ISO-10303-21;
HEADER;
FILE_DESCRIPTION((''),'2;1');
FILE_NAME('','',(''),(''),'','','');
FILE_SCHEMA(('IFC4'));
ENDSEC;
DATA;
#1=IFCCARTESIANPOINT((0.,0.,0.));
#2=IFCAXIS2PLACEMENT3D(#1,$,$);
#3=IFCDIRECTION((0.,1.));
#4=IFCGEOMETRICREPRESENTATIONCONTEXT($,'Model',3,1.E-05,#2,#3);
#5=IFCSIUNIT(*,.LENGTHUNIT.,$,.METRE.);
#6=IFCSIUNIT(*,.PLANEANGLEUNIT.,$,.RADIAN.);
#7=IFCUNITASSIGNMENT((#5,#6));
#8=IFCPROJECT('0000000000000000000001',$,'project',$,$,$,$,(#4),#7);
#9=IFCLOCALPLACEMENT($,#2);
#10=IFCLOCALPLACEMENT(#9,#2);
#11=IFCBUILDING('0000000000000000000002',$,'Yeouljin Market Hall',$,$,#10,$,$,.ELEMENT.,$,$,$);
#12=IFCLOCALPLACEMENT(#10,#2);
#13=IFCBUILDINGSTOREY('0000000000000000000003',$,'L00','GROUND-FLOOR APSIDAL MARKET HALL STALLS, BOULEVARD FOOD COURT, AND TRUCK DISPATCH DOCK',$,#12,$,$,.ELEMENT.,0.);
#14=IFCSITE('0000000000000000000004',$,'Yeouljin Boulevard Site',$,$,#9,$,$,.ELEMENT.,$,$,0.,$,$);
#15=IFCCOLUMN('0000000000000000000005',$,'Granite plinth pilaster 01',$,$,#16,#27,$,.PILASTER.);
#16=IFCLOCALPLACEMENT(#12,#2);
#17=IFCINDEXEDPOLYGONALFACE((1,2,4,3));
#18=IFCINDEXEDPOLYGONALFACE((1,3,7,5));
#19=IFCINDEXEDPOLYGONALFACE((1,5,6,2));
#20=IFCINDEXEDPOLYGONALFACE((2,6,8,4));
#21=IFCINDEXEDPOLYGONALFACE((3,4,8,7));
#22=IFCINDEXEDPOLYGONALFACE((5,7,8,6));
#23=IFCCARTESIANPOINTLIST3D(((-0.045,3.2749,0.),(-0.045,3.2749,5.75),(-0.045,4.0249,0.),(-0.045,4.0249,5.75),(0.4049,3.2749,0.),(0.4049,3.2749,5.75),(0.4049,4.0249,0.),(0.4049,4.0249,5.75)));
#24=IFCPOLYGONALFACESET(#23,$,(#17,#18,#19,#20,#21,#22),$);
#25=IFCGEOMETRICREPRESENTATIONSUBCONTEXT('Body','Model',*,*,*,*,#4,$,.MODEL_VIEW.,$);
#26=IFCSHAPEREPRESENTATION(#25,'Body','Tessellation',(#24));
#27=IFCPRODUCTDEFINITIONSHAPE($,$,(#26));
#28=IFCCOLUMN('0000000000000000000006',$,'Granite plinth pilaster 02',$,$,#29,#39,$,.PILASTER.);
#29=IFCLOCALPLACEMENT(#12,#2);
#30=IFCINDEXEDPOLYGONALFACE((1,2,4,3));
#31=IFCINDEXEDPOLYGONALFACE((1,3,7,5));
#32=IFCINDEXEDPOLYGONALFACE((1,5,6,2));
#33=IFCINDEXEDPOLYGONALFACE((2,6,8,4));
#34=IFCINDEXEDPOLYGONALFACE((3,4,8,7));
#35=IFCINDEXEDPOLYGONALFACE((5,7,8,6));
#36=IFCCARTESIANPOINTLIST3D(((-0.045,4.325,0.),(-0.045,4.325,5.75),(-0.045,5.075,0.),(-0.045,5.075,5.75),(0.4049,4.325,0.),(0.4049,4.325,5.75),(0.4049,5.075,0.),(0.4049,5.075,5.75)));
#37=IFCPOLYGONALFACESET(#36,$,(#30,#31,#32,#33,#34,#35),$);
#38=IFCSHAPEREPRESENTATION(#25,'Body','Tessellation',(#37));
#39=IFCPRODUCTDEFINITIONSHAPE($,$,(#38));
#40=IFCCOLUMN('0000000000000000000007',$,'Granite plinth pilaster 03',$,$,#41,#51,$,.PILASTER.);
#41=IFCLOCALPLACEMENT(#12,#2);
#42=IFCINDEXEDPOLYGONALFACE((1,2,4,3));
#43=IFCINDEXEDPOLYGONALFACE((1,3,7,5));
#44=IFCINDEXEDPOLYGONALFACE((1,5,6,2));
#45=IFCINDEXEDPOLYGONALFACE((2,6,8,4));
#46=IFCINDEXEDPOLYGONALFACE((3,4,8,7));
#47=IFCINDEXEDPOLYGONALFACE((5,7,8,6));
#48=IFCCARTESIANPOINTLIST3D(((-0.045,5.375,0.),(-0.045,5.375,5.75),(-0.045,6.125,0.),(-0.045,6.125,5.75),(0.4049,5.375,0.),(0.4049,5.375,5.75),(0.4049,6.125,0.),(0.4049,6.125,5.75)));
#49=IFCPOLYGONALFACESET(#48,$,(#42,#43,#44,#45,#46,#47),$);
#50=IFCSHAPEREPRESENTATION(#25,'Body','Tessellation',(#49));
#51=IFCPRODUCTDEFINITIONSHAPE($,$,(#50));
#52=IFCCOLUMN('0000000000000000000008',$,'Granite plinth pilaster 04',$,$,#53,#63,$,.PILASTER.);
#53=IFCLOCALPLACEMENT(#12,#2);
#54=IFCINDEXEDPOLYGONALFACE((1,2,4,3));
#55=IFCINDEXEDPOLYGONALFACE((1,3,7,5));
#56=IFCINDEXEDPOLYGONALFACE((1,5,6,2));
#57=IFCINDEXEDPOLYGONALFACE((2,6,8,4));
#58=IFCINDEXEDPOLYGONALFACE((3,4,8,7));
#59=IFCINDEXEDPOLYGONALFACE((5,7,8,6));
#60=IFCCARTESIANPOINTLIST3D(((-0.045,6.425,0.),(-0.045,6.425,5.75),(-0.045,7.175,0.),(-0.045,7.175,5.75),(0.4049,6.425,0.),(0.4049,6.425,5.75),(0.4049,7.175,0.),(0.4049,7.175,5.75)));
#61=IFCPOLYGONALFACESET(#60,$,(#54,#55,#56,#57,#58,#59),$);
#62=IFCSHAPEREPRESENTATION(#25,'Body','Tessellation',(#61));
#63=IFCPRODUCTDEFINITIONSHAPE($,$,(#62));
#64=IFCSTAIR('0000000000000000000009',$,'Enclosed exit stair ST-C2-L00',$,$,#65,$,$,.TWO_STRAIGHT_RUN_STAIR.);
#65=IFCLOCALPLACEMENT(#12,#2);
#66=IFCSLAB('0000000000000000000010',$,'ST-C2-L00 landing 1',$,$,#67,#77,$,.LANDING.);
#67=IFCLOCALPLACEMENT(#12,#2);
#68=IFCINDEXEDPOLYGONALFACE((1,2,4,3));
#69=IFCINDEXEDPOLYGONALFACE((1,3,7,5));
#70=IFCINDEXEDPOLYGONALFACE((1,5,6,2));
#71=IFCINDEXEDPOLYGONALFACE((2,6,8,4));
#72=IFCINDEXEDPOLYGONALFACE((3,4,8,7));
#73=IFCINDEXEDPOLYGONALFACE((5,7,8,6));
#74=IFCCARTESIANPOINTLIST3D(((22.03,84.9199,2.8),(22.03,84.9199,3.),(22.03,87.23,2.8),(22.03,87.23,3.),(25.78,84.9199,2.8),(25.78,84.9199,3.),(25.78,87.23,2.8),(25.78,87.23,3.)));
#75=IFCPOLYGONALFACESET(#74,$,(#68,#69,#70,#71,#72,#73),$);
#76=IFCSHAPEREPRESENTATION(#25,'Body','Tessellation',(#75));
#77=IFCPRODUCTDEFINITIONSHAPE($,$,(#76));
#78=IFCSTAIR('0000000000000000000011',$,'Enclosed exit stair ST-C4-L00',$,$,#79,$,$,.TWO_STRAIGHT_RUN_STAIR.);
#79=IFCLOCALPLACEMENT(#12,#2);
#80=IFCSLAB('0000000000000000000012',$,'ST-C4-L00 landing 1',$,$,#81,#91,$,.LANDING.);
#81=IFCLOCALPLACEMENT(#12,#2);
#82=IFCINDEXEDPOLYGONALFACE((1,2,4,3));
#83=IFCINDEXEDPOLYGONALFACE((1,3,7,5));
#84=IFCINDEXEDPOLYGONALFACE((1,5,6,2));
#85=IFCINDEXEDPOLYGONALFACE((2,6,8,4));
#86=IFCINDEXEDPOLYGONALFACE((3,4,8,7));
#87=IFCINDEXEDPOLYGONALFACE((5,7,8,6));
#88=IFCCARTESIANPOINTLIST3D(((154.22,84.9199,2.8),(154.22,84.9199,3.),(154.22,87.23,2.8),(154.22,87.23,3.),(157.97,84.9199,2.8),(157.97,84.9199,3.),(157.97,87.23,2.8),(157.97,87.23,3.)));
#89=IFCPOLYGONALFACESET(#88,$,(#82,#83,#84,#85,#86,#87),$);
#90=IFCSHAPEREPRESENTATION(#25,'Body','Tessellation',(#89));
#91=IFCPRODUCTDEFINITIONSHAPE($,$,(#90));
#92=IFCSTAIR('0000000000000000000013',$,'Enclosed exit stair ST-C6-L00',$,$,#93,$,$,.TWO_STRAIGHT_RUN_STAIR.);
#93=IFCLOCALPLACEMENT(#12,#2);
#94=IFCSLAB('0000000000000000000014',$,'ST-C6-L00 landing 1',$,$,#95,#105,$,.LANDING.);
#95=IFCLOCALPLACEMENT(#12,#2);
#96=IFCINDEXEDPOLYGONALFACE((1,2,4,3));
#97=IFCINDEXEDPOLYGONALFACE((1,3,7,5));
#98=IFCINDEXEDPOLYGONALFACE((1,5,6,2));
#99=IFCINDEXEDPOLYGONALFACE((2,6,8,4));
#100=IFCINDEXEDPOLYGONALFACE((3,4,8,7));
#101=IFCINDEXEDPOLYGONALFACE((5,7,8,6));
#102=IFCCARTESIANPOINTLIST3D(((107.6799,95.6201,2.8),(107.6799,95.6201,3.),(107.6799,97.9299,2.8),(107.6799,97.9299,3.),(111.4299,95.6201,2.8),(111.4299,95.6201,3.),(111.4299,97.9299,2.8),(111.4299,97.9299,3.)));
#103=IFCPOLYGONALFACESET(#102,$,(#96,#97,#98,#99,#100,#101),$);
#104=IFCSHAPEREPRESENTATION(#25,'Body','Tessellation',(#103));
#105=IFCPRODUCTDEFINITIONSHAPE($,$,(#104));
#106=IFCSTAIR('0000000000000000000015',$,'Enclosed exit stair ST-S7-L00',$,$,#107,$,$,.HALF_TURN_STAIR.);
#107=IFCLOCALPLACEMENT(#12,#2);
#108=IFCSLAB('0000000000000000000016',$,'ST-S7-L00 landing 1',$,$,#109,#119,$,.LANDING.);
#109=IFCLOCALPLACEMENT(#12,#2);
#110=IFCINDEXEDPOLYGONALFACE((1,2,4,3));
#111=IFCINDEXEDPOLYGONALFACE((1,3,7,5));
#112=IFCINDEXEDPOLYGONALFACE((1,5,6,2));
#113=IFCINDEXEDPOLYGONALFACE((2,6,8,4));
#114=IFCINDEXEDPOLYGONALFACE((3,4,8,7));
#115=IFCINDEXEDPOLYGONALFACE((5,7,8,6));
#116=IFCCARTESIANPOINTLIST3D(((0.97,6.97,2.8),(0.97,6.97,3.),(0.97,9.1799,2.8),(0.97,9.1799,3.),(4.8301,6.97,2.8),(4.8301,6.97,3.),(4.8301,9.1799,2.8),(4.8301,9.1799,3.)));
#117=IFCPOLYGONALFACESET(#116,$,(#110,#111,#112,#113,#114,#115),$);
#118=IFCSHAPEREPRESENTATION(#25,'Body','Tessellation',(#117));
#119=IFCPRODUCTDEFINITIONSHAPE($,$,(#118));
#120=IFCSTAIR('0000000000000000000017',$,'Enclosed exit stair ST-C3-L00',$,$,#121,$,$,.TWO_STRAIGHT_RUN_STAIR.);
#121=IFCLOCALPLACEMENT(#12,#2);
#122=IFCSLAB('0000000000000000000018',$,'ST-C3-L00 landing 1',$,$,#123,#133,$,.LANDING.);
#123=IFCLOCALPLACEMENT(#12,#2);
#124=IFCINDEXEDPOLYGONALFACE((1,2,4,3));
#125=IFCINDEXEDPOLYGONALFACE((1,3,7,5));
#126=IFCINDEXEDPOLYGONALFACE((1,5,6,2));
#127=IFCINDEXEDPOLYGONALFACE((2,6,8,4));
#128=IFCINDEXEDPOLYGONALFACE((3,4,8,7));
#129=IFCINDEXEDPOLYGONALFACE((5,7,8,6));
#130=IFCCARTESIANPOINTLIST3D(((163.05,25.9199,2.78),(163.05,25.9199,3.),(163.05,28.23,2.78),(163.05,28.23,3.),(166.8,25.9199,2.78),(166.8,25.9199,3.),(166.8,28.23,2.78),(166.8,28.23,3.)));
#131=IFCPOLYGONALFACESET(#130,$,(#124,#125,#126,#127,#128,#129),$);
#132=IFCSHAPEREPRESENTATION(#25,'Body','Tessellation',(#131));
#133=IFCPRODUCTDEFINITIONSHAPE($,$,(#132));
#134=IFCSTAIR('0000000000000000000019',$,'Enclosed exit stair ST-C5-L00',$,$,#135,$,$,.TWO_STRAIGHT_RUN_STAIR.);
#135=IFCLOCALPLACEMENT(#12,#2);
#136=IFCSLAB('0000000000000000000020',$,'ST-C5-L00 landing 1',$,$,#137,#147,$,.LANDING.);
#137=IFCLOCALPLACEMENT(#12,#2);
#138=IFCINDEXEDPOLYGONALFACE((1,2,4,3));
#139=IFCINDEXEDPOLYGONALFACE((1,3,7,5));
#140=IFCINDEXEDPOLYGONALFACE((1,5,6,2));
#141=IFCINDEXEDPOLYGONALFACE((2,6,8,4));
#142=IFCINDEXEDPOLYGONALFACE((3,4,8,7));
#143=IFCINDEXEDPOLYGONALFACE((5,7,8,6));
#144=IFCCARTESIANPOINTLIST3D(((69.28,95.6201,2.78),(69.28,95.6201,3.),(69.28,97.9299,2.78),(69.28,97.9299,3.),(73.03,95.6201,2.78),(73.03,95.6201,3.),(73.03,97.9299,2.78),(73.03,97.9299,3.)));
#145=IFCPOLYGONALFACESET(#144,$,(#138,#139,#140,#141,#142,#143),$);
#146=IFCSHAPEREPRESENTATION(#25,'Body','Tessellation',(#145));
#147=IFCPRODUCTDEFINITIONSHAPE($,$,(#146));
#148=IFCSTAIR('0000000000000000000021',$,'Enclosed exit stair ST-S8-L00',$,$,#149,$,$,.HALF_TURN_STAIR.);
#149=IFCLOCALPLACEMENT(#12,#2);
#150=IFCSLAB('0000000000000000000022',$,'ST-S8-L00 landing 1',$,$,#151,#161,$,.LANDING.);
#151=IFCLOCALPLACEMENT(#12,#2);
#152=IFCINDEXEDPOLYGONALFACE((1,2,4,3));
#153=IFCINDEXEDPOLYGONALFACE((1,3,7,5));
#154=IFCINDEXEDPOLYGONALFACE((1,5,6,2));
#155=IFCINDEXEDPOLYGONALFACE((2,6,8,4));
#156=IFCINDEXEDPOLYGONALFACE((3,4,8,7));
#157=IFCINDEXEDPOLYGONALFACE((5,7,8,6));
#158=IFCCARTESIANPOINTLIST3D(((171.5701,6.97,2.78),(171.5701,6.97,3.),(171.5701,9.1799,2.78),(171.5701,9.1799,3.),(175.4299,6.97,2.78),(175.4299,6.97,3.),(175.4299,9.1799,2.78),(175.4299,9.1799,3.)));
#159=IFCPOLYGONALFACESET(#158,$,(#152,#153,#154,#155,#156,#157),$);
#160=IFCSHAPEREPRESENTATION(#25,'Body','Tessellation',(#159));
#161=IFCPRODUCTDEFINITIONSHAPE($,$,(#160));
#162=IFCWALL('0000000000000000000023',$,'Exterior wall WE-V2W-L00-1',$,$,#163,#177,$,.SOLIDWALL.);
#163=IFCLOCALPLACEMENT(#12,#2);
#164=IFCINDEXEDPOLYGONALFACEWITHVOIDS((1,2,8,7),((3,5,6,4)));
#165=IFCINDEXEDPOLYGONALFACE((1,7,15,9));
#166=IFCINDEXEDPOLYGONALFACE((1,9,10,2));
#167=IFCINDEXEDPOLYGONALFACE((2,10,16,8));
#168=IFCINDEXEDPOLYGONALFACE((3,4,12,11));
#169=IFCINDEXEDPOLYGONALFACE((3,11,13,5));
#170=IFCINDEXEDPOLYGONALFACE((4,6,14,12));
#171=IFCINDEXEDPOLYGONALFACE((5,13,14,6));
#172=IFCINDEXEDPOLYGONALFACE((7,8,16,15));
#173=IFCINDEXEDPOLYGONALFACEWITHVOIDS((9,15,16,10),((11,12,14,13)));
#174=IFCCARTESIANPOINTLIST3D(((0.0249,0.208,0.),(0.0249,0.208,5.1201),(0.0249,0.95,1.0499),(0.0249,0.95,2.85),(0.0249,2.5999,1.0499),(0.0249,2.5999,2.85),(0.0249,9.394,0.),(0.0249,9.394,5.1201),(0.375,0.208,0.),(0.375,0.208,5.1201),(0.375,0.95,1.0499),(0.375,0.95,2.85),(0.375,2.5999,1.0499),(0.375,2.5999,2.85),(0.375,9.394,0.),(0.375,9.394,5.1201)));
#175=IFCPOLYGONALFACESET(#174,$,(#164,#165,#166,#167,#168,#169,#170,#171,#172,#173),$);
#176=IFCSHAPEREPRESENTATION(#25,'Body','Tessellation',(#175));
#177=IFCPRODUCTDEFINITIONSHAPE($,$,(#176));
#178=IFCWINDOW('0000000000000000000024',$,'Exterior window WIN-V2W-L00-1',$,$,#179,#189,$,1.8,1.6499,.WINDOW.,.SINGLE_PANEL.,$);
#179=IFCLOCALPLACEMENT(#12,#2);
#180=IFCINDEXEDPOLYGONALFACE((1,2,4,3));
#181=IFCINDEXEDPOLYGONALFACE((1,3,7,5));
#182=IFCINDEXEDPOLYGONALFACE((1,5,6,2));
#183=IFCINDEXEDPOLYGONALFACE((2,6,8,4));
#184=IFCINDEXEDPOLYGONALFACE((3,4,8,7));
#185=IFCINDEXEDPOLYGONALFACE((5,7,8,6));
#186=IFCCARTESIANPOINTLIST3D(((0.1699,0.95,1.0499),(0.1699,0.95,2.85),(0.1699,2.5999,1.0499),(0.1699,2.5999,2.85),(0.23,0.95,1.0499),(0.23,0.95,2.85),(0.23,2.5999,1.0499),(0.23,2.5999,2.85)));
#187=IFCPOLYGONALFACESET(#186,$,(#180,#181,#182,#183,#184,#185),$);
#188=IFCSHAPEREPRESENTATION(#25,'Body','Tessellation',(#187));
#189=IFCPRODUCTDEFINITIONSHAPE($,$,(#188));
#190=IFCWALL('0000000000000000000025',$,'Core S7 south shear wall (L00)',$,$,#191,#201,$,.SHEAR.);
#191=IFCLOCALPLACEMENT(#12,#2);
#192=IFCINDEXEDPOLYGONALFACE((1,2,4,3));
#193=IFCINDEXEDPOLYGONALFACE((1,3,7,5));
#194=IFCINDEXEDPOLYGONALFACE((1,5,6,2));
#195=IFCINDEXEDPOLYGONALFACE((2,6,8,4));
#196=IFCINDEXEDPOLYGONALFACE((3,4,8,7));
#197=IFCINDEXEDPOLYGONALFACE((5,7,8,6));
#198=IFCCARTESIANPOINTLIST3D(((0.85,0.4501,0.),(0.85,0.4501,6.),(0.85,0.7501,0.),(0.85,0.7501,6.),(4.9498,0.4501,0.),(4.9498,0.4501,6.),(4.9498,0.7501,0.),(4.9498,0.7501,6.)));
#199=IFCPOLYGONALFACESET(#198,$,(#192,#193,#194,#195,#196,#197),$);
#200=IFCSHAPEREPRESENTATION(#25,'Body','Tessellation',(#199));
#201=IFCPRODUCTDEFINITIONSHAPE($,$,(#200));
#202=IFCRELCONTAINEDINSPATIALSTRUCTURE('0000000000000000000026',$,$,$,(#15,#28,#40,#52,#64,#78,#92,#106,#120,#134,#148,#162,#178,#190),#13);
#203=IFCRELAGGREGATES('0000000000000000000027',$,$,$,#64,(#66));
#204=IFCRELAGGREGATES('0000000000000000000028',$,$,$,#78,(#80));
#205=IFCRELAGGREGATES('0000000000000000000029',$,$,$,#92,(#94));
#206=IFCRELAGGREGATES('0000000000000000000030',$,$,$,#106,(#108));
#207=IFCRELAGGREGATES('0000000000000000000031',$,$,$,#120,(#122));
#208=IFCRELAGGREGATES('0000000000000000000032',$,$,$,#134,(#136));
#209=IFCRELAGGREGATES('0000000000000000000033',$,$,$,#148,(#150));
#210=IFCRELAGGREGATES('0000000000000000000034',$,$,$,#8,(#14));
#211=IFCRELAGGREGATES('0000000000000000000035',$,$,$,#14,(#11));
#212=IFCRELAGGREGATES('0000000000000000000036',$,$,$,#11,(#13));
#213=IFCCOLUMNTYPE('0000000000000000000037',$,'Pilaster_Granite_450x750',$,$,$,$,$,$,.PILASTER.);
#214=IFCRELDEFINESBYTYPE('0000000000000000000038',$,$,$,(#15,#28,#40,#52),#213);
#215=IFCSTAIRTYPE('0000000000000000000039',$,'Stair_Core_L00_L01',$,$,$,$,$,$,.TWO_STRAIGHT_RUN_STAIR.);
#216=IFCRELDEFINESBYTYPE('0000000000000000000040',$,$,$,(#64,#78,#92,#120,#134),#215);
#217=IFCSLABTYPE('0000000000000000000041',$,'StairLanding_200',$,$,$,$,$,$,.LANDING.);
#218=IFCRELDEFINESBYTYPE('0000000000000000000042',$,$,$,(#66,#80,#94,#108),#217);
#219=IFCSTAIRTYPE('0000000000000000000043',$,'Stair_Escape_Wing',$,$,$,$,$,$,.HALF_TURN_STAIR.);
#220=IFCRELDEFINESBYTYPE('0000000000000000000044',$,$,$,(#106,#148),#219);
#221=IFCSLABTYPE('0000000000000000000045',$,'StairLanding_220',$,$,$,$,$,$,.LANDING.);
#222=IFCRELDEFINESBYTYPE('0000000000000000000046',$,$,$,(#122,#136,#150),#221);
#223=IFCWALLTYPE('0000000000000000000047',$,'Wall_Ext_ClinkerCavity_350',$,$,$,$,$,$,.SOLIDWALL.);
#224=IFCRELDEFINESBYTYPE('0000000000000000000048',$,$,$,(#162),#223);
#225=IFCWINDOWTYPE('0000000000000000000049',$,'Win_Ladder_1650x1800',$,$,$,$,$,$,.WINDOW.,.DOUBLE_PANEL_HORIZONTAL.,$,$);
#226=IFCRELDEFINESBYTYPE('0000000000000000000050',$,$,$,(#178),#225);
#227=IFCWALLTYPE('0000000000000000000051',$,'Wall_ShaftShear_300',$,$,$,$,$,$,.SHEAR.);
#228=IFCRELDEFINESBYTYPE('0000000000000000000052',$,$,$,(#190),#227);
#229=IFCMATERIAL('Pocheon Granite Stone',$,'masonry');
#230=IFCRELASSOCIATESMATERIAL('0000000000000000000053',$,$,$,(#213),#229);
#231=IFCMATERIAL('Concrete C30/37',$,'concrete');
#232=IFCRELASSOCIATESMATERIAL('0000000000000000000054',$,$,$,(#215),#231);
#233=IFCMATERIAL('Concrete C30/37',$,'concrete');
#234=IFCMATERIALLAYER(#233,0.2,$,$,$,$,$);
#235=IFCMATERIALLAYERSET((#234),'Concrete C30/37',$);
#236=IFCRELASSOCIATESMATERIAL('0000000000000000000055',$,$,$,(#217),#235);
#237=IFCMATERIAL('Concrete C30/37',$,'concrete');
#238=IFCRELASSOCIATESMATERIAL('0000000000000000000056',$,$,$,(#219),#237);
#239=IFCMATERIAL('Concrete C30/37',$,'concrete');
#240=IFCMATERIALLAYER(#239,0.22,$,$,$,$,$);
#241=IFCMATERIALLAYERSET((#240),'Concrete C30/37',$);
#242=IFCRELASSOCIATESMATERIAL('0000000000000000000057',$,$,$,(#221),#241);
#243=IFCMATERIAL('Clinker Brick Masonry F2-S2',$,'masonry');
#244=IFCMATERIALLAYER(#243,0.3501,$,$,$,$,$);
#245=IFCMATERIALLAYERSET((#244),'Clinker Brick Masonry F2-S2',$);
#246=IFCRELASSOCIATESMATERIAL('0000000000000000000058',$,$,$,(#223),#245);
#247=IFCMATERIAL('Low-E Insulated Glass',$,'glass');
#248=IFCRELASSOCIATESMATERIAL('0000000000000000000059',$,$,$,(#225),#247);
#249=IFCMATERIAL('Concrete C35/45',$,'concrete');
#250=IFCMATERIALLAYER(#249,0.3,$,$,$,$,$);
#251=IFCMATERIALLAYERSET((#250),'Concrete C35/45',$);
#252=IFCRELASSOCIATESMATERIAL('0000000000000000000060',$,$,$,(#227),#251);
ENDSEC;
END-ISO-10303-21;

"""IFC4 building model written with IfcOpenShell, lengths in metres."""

from ifc_helpers import new_model, si_unit, direction, frame, frame_2d, origin, origin_2d, place, context, subcontext, project, spatial, polyline, rectangle, outline, extrude, material, layer, layer_set, material_profile, profile_set, type_object, element, fill, aggregate, save


model = new_model("IFC4")

# Units and contexts
model_context = context("Model", 3, precision=1e-05, world=origin(), true_north=direction((0.0, 1.0)))
body_context = subcontext(model_context, "Body", "Model", "MODEL_VIEW")
ifc_project = project(units=[si_unit("LENGTHUNIT", "METRE"), si_unit("PLANEANGLEUNIT", "RADIAN")], contexts=[model_context])

# Site, building, storey
site_placement = place(None, origin())
site = spatial("IfcSite", under=ifc_project, at=site_placement, Name="Yeouljin Boulevard Site", CompositionType="ELEMENT", RefElevation=0.0)
building_placement = place(site_placement, origin())
building = spatial("IfcBuilding", under=site, at=building_placement, Name="Yeouljin Market Hall", CompositionType="ELEMENT")
storey_placement = place(building_placement, origin())
storey = spatial("IfcBuildingStorey", under=building, at=storey_placement, Name="L00", Description="GROUND-FLOOR APSIDAL MARKET HALL STALLS, BOULEVARD FOOD COURT, AND TRUCK DISPATCH DOCK", CompositionType="ELEMENT", Elevation=0.0)

# Columns
ifc_material_1 = material(Name="Pocheon Granite Stone", Category="masonry")
ifc_material_profile = material_profile(ifc_material_1, rectangle(XDim=0.45, YDim=0.75, at=origin_2d()), Name="PIL-450x750")
ifc_profile_set = profile_set([ifc_material_profile], Name="Pocheon Granite Stone")
column_type = type_object("IfcColumnType", Name="Pilaster_Granite_450x750", PredefinedType="PILASTER", material=ifc_profile_set)
for number, where, z_axis, x_axis, name in (
    (1, (0.1799, 3.6499, 0.0), (0.0, 0.0, 1.0), (1.0, 0.0, 0.0), "Granite plinth pilaster 01"),
    (2, (0.1799, 4.7, 0.0), (0.0, 0.0, 1.0), (1.0, 0.0, 0.0), "Granite plinth pilaster 02"),
    (3, (0.1799, 5.75, 0.0), (0.0, 0.0, 1.0), (1.0, 0.0, 0.0), "Granite plinth pilaster 03"),
    (4, (0.1799, 6.8, 0.0), (0.0, 0.0, 1.0), (1.0, 0.0, 0.0), "Granite plinth pilaster 04"),
):
    element("IfcColumn", number, at=place(storey_placement, frame(where, z_axis=z_axis, x_axis=x_axis)), inside=storey, type_object=column_type, Name=name, PredefinedType="PILASTER", context=body_context, shape_type="SweptSolid", body=[
        extrude(rectangle(XDim=0.45, YDim=0.75, at=origin_2d()), origin(), (0.0, 0.0, 1.0), 5.75),
    ])

# Stairs, slabs
ifc_material_2 = material(Name="Concrete C30/37", Category="concrete")
stair_type_1 = type_object("IfcStairType", Name="Stair_Core_L00_L01", PredefinedType="TWO_STRAIGHT_RUN_STAIR", material=ifc_material_2)
stair_1_placement = place(storey_placement, origin())
stair_1 = element("IfcStair", 5, at=stair_1_placement, inside=storey, type_object=stair_type_1, Name="Enclosed exit stair ST-C2-L00", PredefinedType="TWO_STRAIGHT_RUN_STAIR")
ifc_material_3 = material(Name="Concrete C30/37", Category="concrete")
ifc_layer_1 = layer(ifc_material_3, 0.2)
ifc_layer_set_1 = layer_set([ifc_layer_1], Name="Concrete C30/37")
slab_type_1 = type_object("IfcSlabType", Name="StairLanding_200", PredefinedType="LANDING", material=ifc_layer_set_1)
slab_1_placement = place(storey_placement, frame((0.0, 0.0, 2.8)))
slab_1 = element("IfcSlab", 6, at=slab_1_placement, type_object=slab_type_1, Name="ST-C2-L00 landing 1", PredefinedType="LANDING", context=body_context, shape_type="SweptSolid", body=[
    extrude(outline(polyline([(22.03, 84.9199), (25.78, 84.9199), (25.78, 87.23), (22.03, 87.23), (22.03, 84.9199)])), origin(), (0.0, 0.0, 1.0), 0.2),
])
aggregate(stair_1, [slab_1])
stair_2_placement = place(storey_placement, origin())
stair_2 = element("IfcStair", 7, at=stair_2_placement, inside=storey, type_object=stair_type_1, Name="Enclosed exit stair ST-C4-L00", PredefinedType="TWO_STRAIGHT_RUN_STAIR")
slab_2_placement = place(storey_placement, frame((0.0, 0.0, 2.8)))
slab_2 = element("IfcSlab", 8, at=slab_2_placement, type_object=slab_type_1, Name="ST-C4-L00 landing 1", PredefinedType="LANDING", context=body_context, shape_type="SweptSolid", body=[
    extrude(outline(polyline([(154.22, 84.9199), (157.97, 84.9199), (157.97, 87.23), (154.22, 87.23), (154.22, 84.9199)])), origin(), (0.0, 0.0, 1.0), 0.2),
])
aggregate(stair_2, [slab_2])
stair_3_placement = place(storey_placement, origin())
stair_3 = element("IfcStair", 9, at=stair_3_placement, inside=storey, type_object=stair_type_1, Name="Enclosed exit stair ST-C6-L00", PredefinedType="TWO_STRAIGHT_RUN_STAIR")
slab_3_placement = place(storey_placement, frame((0.0, 0.0, 2.8)))
slab_3 = element("IfcSlab", 10, at=slab_3_placement, type_object=slab_type_1, Name="ST-C6-L00 landing 1", PredefinedType="LANDING", context=body_context, shape_type="SweptSolid", body=[
    extrude(outline(polyline([(107.6799, 95.6201), (111.4299, 95.6201), (111.4299, 97.9299), (107.6799, 97.9299), (107.6799, 95.6201)])), origin(), (0.0, 0.0, 1.0), 0.2),
])
aggregate(stair_3, [slab_3])
ifc_material_4 = material(Name="Concrete C30/37", Category="concrete")
stair_type_2 = type_object("IfcStairType", Name="Stair_Escape_Wing", PredefinedType="HALF_TURN_STAIR", material=ifc_material_4)
stair_4_placement = place(storey_placement, origin())
stair_4 = element("IfcStair", 11, at=stair_4_placement, inside=storey, type_object=stair_type_2, Name="Enclosed exit stair ST-S7-L00", PredefinedType="HALF_TURN_STAIR")
slab_4_placement = place(storey_placement, frame((0.0, 0.0, 2.8)))
slab_4 = element("IfcSlab", 12, at=slab_4_placement, type_object=slab_type_1, Name="ST-S7-L00 landing 1", PredefinedType="LANDING", context=body_context, shape_type="SweptSolid", body=[
    extrude(outline(polyline([(0.97, 6.97), (4.8301, 6.97), (4.8301, 9.1799), (0.97, 9.1799), (0.97, 6.97)])), origin(), (0.0, 0.0, 1.0), 0.2),
])
aggregate(stair_4, [slab_4])
stair_5_placement = place(storey_placement, origin())
stair_5 = element("IfcStair", 13, at=stair_5_placement, inside=storey, type_object=stair_type_1, Name="Enclosed exit stair ST-C3-L00", PredefinedType="TWO_STRAIGHT_RUN_STAIR")
ifc_material_5 = material(Name="Concrete C30/37", Category="concrete")
ifc_layer_2 = layer(ifc_material_5, 0.22)
ifc_layer_set_2 = layer_set([ifc_layer_2], Name="Concrete C30/37")
slab_type_2 = type_object("IfcSlabType", Name="StairLanding_220", PredefinedType="LANDING", material=ifc_layer_set_2)
slab_5_placement = place(storey_placement, frame((0.0, 0.0, 2.78)))
slab_5 = element("IfcSlab", 14, at=slab_5_placement, type_object=slab_type_2, Name="ST-C3-L00 landing 1", PredefinedType="LANDING", context=body_context, shape_type="SweptSolid", body=[
    extrude(outline(polyline([(163.05, 25.9199), (166.8, 25.9199), (166.8, 28.23), (163.05, 28.23), (163.05, 25.9199)])), origin(), (0.0, 0.0, 1.0), 0.22),
])
aggregate(stair_5, [slab_5])
stair_6_placement = place(storey_placement, origin())
stair_6 = element("IfcStair", 15, at=stair_6_placement, inside=storey, type_object=stair_type_1, Name="Enclosed exit stair ST-C5-L00", PredefinedType="TWO_STRAIGHT_RUN_STAIR")
slab_6_placement = place(storey_placement, frame((0.0, 0.0, 2.78)))
slab_6 = element("IfcSlab", 16, at=slab_6_placement, type_object=slab_type_2, Name="ST-C5-L00 landing 1", PredefinedType="LANDING", context=body_context, shape_type="SweptSolid", body=[
    extrude(outline(polyline([(69.28, 95.6201), (73.03, 95.6201), (73.03, 97.9299), (69.28, 97.9299), (69.28, 95.6201)])), origin(), (0.0, 0.0, 1.0), 0.22),
])
aggregate(stair_6, [slab_6])
stair_7_placement = place(storey_placement, origin())
stair_7 = element("IfcStair", 17, at=stair_7_placement, inside=storey, type_object=stair_type_2, Name="Enclosed exit stair ST-S8-L00", PredefinedType="HALF_TURN_STAIR")
slab_7_placement = place(storey_placement, frame((0.0, 0.0, 2.78)))
slab_7 = element("IfcSlab", 18, at=slab_7_placement, type_object=slab_type_2, Name="ST-S8-L00 landing 1", PredefinedType="LANDING", context=body_context, shape_type="SweptSolid", body=[
    extrude(outline(polyline([(171.5701, 6.97), (175.4299, 6.97), (175.4299, 9.1799), (171.5701, 9.1799), (171.5701, 6.97)])), origin(), (0.0, 0.0, 1.0), 0.22),
])
aggregate(stair_7, [slab_7])

# Wall, opening, window
ifc_material_6 = material(Name="Clinker Brick Masonry F2-S2", Category="masonry")
ifc_layer_3 = layer(ifc_material_6, 0.3501)
ifc_layer_set_3 = layer_set([ifc_layer_3], Name="Clinker Brick Masonry F2-S2")
wall_type_1 = type_object("IfcWallType", Name="Wall_Ext_ClinkerCavity_350", PredefinedType="SOLIDWALL", material=ifc_layer_set_3)
wall_1_placement = place(storey_placement, frame((0.2, 0.208, 0.0), z_axis=(0.0, 0.0, 1.0), x_axis=(0.0, 1.0, 0.0)))
wall_1 = element("IfcWall", 19, at=wall_1_placement, inside=storey, type_object=wall_type_1, Name="Exterior wall WE-V2W-L00-1", PredefinedType="SOLIDWALL", context=body_context, shape_type="SweptSolid", body=[
    extrude(rectangle(XDim=9.186, YDim=0.3501, at=frame_2d((4.593, 0.0))), origin(), (0.0, 0.0, 1.0), 5.1201),
])
opening_placement = place(wall_1_placement, frame((0.7419, 0.0, 1.05)))
opening = element("IfcOpeningElement", 20, at=opening_placement, cuts=wall_1, PredefinedType="OPENING", context=body_context, shape_type="SweptSolid", body=[
    extrude(rectangle(XDim=1.6499, YDim=1.8, at=frame_2d((0.825, 0.8999))), frame((0.0, 0.1851, 0.0), z_axis=(0.0, -1.0, 0.0), x_axis=(1.0, 0.0, 0.0)), (0.0, 0.0, 1.0), 0.3701),
])
ifc_material_7 = material(Name="Low-E Insulated Glass", Category="glass")
window_type = type_object("IfcWindowType", Name="Win_Ladder_1650x1800", PartitioningType="DOUBLE_PANEL_HORIZONTAL", PredefinedType="WINDOW", material=ifc_material_7)
window_placement = place(opening_placement, origin())
window = element("IfcWindow", 21, at=window_placement, inside=storey, type_object=window_type, Name="Exterior window WIN-V2W-L00-1", OverallHeight=1.8, OverallWidth=1.6499, PartitioningType="SINGLE_PANEL", PredefinedType="WINDOW", context=body_context, shape_type="SweptSolid", body=[
    extrude(rectangle(XDim=1.6499, YDim=1.8, at=frame_2d((0.825, 0.8999))), frame((0.0, 0.03, 0.0), z_axis=(0.0, -1.0, 0.0), x_axis=(1.0, 0.0, 0.0)), (0.0, 0.0, 1.0), 0.0601),
])
fill(opening, window)

# Wall
ifc_material_8 = material(Name="Concrete C35/45", Category="concrete")
ifc_layer_4 = layer(ifc_material_8, 0.3)
ifc_layer_set_4 = layer_set([ifc_layer_4], Name="Concrete C35/45")
wall_type_2 = type_object("IfcWallType", Name="Wall_ShaftShear_300", PredefinedType="SHEAR", material=ifc_layer_set_4)
wall_2_placement = place(storey_placement, frame((0.8501, 0.6001, 0.0), z_axis=(0.0, 0.0, 1.0), x_axis=(1.0, 0.0, 0.0)))
element("IfcWall", 22, at=wall_2_placement, inside=storey, type_object=wall_type_2, Name="Core S7 south shear wall (L00)", PredefinedType="SHEAR", context=body_context, shape_type="SweptSolid", body=[
    extrude(rectangle(XDim=4.0999, YDim=0.3, at=frame_2d((2.0498, 0.0))), origin(), (0.0, 0.0, 1.0), 6.0),
])

save(model, "model.ifc")
